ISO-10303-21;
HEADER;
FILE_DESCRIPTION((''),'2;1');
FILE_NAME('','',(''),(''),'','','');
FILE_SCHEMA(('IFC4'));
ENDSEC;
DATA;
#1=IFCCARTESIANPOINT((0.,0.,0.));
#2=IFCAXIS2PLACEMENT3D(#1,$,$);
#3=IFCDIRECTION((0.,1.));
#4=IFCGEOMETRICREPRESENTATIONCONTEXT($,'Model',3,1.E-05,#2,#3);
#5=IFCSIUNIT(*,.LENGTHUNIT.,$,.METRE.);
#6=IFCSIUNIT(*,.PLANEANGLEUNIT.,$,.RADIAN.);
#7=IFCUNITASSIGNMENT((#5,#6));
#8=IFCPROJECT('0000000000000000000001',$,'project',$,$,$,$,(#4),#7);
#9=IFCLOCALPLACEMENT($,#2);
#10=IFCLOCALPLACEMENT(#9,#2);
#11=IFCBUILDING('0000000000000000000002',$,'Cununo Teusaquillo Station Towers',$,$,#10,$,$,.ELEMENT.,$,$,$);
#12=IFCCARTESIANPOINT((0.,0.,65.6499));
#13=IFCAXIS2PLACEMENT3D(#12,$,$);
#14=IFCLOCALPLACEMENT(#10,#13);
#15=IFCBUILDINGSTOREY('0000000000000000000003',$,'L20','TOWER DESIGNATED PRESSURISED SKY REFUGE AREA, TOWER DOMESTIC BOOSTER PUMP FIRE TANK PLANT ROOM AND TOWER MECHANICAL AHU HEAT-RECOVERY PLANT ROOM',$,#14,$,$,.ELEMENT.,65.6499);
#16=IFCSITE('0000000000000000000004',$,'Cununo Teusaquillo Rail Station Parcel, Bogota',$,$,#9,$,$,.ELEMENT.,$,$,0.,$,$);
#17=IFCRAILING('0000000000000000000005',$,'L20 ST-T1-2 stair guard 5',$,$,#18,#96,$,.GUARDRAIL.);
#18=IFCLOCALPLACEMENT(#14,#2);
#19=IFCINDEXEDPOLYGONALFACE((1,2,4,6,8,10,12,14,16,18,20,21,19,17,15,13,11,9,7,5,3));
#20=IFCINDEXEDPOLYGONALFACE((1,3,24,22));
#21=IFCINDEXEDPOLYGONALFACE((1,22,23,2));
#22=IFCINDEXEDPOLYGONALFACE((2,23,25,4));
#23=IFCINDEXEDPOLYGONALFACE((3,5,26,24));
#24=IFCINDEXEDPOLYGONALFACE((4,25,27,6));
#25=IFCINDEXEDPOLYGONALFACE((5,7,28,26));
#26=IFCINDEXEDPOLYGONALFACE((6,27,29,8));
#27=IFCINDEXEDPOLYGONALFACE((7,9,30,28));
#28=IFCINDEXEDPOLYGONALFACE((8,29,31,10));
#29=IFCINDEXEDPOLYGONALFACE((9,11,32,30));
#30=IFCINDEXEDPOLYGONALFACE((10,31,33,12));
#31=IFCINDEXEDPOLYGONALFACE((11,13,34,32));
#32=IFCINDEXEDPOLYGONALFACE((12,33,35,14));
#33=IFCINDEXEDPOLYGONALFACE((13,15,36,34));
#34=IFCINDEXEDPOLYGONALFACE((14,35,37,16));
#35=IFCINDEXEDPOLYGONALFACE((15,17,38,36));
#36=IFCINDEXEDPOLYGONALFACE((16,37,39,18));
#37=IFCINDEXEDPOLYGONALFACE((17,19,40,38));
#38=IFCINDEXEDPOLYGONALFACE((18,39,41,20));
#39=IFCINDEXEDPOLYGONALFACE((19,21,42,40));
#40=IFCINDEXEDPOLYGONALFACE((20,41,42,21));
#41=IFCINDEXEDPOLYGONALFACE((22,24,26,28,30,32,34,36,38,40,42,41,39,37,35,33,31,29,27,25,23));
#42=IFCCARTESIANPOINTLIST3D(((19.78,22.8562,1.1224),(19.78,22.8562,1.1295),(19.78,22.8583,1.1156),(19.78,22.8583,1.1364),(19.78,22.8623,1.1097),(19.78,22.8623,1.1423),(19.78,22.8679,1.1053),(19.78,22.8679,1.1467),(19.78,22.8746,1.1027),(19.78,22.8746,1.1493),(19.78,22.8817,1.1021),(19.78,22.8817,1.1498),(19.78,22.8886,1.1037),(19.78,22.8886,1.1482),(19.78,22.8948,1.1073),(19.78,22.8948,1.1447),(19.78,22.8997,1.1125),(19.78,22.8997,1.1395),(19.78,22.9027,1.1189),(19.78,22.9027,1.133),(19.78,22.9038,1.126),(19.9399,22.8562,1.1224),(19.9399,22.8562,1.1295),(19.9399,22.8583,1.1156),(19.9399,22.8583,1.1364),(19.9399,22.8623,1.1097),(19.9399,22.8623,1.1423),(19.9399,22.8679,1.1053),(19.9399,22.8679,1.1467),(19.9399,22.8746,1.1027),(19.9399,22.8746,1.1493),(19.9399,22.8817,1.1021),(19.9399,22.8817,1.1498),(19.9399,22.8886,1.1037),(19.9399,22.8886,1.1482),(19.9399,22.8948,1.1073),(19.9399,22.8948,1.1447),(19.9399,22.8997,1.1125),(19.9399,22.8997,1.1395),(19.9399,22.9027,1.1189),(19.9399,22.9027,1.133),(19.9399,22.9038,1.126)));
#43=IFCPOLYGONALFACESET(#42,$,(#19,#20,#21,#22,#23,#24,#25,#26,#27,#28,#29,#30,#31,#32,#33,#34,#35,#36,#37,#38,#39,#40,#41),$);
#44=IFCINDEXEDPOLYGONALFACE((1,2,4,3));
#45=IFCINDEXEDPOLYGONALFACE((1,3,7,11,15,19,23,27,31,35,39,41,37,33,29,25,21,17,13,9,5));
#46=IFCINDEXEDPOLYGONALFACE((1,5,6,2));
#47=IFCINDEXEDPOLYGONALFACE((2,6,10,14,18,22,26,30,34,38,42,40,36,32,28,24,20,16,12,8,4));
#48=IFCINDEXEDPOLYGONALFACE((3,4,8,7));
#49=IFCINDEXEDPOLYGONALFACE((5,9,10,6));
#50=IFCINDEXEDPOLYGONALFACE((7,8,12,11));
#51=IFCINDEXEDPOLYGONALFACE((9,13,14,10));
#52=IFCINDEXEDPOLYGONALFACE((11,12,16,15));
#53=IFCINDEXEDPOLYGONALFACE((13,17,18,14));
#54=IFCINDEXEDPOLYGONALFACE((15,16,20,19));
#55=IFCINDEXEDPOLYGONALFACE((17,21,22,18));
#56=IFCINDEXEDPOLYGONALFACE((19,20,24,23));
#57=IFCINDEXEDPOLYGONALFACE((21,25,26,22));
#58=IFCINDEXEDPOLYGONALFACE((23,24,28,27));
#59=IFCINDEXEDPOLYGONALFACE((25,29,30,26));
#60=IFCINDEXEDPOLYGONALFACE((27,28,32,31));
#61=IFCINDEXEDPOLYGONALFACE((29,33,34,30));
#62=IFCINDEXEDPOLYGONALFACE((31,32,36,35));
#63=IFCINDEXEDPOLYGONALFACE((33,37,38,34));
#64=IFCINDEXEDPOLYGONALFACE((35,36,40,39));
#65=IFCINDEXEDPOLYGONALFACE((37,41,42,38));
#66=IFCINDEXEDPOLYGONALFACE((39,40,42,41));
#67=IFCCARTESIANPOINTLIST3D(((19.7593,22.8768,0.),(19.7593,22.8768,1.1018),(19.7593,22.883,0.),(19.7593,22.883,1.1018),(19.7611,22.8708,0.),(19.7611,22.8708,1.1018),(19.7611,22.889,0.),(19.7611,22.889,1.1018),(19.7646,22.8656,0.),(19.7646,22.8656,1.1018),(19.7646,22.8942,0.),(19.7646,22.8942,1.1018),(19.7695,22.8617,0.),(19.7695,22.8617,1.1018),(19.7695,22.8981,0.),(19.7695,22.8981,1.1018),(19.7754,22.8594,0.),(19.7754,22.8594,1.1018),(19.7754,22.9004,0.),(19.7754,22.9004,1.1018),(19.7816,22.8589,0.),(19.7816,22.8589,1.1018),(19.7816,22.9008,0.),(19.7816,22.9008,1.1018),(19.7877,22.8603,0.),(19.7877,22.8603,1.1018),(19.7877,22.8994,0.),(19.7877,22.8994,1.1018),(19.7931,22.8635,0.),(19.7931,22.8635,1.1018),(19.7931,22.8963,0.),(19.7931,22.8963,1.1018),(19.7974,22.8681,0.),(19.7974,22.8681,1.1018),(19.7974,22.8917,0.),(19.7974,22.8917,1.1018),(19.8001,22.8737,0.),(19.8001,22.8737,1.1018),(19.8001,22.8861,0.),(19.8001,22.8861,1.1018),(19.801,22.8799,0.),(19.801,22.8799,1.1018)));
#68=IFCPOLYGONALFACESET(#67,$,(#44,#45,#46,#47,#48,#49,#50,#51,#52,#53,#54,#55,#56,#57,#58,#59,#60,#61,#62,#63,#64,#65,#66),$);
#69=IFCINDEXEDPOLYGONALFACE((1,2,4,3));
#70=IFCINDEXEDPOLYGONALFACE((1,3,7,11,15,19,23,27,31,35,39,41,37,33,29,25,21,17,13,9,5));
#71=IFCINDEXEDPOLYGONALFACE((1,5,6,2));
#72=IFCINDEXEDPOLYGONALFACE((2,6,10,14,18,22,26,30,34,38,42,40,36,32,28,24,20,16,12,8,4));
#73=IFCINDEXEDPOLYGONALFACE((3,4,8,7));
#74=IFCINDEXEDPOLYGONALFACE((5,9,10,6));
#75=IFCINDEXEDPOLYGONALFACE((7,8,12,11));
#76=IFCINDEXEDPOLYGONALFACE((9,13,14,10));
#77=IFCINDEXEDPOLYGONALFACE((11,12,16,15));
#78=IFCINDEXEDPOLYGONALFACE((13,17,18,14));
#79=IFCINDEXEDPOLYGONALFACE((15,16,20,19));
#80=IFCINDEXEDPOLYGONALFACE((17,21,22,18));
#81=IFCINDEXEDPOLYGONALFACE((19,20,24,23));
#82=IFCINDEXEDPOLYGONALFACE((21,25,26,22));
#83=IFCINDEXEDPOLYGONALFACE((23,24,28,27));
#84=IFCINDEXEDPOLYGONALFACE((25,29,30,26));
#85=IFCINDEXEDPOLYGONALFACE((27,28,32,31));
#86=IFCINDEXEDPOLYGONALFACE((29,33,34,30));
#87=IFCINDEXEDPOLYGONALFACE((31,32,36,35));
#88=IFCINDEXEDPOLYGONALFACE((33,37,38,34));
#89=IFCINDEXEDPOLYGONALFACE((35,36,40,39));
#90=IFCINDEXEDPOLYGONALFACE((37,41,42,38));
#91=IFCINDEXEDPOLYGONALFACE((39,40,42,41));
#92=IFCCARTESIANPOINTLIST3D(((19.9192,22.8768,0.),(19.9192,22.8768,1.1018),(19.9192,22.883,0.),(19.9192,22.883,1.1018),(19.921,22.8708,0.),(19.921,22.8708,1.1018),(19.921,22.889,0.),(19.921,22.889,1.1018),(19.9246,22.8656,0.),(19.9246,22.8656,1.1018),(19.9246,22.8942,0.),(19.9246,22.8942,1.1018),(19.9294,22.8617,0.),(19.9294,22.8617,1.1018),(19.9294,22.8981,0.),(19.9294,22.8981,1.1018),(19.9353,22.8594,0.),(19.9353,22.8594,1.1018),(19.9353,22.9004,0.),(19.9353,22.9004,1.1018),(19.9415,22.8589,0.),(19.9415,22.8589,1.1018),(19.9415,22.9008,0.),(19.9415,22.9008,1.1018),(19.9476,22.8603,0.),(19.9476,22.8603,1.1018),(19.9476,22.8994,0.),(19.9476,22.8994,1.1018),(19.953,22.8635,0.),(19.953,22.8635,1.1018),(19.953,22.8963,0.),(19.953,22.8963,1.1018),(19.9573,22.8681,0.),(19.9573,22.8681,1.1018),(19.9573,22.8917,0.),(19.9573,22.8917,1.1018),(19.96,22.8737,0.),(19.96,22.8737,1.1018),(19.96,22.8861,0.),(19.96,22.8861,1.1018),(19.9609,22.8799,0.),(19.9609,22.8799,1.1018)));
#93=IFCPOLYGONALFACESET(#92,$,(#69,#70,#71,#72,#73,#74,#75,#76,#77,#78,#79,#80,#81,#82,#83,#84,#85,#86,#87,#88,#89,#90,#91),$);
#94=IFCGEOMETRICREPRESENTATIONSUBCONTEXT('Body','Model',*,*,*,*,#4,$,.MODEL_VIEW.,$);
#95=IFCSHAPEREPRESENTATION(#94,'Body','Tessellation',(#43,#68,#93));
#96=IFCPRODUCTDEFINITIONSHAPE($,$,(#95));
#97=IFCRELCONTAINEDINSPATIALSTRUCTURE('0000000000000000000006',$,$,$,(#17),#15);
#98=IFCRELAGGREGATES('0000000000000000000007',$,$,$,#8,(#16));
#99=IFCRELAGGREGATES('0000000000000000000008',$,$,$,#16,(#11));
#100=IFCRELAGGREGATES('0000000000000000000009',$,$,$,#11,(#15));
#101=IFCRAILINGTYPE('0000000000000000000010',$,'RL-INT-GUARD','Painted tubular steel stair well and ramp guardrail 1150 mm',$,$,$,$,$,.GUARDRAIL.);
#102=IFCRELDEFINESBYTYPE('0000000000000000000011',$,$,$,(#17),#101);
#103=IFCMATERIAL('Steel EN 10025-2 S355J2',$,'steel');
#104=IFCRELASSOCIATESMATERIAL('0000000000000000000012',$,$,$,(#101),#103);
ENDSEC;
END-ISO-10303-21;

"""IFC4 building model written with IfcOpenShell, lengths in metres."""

from ifc_helpers import new_model, si_unit, direction, frame, origin, origin_2d, place, context, subcontext, project, spatial, circle, extrude, material, type_object, element, save


model = new_model("IFC4")

# Units and contexts
model_context = context("Model", 3, precision=1e-05, world=origin(), true_north=direction((0.0, 1.0)))
body_context = subcontext(model_context, "Body", "Model", "MODEL_VIEW")
ifc_project = project(units=[si_unit("LENGTHUNIT", "METRE"), si_unit("PLANEANGLEUNIT", "RADIAN")], contexts=[model_context])

# Site, building, storey
site_placement = place(None, origin())
site = spatial("IfcSite", under=ifc_project, at=site_placement, Name="Cununo Teusaquillo Rail Station Parcel, Bogota", CompositionType="ELEMENT", RefElevation=0.0)
building_placement = place(site_placement, origin())
building = spatial("IfcBuilding", under=site, at=building_placement, Name="Cununo Teusaquillo Station Towers", CompositionType="ELEMENT")
storey_placement = place(building_placement, frame((0.0, 0.0, 65.6499)))
storey = spatial("IfcBuildingStorey", under=building, at=storey_placement, Name="L20", Description="TOWER DESIGNATED PRESSURISED SKY REFUGE AREA, TOWER DOMESTIC BOOSTER PUMP FIRE TANK PLANT ROOM AND TOWER MECHANICAL AHU HEAT-RECOVERY PLANT ROOM", CompositionType="ELEMENT", Elevation=65.6499)

# Railing
ifc_material_1 = material(Name="Steel EN 10025-2 S355J2", Category="steel")
railing_type_1 = type_object("IfcRailingType", Name="RL-INT-GUARD", Description="Painted tubular steel stair well and ramp guardrail 1150 mm", PredefinedType="GUARDRAIL", material=ifc_material_1)
railing_1_placement = place(storey_placement, frame((19.78, 22.8799, 0.0)))
element("IfcRailing", 1, at=railing_1_placement, inside=storey, type_object=railing_type_1, Name="L20 ST-T1-2 stair guard 5", PredefinedType="GUARDRAIL", context=body_context, shape_type="SweptSolid", body=[
    extrude(circle(Radius=0.0239, at=origin_2d()), frame((0.0, 0.0, 1.126), z_axis=(1.0, 0.0, 0.0), x_axis=(0.0, 1.0, 0.0)), (0.0, 0.0, 1.0), 0.1599),
    extrude(circle(Radius=0.021, at=origin_2d()), origin(), (0.0, 0.0, 1.0), 1.1018),
    extrude(circle(Radius=0.021, at=origin_2d()), frame((0.1599, 0.0, 0.0)), (0.0, 0.0, 1.0), 1.1018),
])

save(model, "model.ifc")
